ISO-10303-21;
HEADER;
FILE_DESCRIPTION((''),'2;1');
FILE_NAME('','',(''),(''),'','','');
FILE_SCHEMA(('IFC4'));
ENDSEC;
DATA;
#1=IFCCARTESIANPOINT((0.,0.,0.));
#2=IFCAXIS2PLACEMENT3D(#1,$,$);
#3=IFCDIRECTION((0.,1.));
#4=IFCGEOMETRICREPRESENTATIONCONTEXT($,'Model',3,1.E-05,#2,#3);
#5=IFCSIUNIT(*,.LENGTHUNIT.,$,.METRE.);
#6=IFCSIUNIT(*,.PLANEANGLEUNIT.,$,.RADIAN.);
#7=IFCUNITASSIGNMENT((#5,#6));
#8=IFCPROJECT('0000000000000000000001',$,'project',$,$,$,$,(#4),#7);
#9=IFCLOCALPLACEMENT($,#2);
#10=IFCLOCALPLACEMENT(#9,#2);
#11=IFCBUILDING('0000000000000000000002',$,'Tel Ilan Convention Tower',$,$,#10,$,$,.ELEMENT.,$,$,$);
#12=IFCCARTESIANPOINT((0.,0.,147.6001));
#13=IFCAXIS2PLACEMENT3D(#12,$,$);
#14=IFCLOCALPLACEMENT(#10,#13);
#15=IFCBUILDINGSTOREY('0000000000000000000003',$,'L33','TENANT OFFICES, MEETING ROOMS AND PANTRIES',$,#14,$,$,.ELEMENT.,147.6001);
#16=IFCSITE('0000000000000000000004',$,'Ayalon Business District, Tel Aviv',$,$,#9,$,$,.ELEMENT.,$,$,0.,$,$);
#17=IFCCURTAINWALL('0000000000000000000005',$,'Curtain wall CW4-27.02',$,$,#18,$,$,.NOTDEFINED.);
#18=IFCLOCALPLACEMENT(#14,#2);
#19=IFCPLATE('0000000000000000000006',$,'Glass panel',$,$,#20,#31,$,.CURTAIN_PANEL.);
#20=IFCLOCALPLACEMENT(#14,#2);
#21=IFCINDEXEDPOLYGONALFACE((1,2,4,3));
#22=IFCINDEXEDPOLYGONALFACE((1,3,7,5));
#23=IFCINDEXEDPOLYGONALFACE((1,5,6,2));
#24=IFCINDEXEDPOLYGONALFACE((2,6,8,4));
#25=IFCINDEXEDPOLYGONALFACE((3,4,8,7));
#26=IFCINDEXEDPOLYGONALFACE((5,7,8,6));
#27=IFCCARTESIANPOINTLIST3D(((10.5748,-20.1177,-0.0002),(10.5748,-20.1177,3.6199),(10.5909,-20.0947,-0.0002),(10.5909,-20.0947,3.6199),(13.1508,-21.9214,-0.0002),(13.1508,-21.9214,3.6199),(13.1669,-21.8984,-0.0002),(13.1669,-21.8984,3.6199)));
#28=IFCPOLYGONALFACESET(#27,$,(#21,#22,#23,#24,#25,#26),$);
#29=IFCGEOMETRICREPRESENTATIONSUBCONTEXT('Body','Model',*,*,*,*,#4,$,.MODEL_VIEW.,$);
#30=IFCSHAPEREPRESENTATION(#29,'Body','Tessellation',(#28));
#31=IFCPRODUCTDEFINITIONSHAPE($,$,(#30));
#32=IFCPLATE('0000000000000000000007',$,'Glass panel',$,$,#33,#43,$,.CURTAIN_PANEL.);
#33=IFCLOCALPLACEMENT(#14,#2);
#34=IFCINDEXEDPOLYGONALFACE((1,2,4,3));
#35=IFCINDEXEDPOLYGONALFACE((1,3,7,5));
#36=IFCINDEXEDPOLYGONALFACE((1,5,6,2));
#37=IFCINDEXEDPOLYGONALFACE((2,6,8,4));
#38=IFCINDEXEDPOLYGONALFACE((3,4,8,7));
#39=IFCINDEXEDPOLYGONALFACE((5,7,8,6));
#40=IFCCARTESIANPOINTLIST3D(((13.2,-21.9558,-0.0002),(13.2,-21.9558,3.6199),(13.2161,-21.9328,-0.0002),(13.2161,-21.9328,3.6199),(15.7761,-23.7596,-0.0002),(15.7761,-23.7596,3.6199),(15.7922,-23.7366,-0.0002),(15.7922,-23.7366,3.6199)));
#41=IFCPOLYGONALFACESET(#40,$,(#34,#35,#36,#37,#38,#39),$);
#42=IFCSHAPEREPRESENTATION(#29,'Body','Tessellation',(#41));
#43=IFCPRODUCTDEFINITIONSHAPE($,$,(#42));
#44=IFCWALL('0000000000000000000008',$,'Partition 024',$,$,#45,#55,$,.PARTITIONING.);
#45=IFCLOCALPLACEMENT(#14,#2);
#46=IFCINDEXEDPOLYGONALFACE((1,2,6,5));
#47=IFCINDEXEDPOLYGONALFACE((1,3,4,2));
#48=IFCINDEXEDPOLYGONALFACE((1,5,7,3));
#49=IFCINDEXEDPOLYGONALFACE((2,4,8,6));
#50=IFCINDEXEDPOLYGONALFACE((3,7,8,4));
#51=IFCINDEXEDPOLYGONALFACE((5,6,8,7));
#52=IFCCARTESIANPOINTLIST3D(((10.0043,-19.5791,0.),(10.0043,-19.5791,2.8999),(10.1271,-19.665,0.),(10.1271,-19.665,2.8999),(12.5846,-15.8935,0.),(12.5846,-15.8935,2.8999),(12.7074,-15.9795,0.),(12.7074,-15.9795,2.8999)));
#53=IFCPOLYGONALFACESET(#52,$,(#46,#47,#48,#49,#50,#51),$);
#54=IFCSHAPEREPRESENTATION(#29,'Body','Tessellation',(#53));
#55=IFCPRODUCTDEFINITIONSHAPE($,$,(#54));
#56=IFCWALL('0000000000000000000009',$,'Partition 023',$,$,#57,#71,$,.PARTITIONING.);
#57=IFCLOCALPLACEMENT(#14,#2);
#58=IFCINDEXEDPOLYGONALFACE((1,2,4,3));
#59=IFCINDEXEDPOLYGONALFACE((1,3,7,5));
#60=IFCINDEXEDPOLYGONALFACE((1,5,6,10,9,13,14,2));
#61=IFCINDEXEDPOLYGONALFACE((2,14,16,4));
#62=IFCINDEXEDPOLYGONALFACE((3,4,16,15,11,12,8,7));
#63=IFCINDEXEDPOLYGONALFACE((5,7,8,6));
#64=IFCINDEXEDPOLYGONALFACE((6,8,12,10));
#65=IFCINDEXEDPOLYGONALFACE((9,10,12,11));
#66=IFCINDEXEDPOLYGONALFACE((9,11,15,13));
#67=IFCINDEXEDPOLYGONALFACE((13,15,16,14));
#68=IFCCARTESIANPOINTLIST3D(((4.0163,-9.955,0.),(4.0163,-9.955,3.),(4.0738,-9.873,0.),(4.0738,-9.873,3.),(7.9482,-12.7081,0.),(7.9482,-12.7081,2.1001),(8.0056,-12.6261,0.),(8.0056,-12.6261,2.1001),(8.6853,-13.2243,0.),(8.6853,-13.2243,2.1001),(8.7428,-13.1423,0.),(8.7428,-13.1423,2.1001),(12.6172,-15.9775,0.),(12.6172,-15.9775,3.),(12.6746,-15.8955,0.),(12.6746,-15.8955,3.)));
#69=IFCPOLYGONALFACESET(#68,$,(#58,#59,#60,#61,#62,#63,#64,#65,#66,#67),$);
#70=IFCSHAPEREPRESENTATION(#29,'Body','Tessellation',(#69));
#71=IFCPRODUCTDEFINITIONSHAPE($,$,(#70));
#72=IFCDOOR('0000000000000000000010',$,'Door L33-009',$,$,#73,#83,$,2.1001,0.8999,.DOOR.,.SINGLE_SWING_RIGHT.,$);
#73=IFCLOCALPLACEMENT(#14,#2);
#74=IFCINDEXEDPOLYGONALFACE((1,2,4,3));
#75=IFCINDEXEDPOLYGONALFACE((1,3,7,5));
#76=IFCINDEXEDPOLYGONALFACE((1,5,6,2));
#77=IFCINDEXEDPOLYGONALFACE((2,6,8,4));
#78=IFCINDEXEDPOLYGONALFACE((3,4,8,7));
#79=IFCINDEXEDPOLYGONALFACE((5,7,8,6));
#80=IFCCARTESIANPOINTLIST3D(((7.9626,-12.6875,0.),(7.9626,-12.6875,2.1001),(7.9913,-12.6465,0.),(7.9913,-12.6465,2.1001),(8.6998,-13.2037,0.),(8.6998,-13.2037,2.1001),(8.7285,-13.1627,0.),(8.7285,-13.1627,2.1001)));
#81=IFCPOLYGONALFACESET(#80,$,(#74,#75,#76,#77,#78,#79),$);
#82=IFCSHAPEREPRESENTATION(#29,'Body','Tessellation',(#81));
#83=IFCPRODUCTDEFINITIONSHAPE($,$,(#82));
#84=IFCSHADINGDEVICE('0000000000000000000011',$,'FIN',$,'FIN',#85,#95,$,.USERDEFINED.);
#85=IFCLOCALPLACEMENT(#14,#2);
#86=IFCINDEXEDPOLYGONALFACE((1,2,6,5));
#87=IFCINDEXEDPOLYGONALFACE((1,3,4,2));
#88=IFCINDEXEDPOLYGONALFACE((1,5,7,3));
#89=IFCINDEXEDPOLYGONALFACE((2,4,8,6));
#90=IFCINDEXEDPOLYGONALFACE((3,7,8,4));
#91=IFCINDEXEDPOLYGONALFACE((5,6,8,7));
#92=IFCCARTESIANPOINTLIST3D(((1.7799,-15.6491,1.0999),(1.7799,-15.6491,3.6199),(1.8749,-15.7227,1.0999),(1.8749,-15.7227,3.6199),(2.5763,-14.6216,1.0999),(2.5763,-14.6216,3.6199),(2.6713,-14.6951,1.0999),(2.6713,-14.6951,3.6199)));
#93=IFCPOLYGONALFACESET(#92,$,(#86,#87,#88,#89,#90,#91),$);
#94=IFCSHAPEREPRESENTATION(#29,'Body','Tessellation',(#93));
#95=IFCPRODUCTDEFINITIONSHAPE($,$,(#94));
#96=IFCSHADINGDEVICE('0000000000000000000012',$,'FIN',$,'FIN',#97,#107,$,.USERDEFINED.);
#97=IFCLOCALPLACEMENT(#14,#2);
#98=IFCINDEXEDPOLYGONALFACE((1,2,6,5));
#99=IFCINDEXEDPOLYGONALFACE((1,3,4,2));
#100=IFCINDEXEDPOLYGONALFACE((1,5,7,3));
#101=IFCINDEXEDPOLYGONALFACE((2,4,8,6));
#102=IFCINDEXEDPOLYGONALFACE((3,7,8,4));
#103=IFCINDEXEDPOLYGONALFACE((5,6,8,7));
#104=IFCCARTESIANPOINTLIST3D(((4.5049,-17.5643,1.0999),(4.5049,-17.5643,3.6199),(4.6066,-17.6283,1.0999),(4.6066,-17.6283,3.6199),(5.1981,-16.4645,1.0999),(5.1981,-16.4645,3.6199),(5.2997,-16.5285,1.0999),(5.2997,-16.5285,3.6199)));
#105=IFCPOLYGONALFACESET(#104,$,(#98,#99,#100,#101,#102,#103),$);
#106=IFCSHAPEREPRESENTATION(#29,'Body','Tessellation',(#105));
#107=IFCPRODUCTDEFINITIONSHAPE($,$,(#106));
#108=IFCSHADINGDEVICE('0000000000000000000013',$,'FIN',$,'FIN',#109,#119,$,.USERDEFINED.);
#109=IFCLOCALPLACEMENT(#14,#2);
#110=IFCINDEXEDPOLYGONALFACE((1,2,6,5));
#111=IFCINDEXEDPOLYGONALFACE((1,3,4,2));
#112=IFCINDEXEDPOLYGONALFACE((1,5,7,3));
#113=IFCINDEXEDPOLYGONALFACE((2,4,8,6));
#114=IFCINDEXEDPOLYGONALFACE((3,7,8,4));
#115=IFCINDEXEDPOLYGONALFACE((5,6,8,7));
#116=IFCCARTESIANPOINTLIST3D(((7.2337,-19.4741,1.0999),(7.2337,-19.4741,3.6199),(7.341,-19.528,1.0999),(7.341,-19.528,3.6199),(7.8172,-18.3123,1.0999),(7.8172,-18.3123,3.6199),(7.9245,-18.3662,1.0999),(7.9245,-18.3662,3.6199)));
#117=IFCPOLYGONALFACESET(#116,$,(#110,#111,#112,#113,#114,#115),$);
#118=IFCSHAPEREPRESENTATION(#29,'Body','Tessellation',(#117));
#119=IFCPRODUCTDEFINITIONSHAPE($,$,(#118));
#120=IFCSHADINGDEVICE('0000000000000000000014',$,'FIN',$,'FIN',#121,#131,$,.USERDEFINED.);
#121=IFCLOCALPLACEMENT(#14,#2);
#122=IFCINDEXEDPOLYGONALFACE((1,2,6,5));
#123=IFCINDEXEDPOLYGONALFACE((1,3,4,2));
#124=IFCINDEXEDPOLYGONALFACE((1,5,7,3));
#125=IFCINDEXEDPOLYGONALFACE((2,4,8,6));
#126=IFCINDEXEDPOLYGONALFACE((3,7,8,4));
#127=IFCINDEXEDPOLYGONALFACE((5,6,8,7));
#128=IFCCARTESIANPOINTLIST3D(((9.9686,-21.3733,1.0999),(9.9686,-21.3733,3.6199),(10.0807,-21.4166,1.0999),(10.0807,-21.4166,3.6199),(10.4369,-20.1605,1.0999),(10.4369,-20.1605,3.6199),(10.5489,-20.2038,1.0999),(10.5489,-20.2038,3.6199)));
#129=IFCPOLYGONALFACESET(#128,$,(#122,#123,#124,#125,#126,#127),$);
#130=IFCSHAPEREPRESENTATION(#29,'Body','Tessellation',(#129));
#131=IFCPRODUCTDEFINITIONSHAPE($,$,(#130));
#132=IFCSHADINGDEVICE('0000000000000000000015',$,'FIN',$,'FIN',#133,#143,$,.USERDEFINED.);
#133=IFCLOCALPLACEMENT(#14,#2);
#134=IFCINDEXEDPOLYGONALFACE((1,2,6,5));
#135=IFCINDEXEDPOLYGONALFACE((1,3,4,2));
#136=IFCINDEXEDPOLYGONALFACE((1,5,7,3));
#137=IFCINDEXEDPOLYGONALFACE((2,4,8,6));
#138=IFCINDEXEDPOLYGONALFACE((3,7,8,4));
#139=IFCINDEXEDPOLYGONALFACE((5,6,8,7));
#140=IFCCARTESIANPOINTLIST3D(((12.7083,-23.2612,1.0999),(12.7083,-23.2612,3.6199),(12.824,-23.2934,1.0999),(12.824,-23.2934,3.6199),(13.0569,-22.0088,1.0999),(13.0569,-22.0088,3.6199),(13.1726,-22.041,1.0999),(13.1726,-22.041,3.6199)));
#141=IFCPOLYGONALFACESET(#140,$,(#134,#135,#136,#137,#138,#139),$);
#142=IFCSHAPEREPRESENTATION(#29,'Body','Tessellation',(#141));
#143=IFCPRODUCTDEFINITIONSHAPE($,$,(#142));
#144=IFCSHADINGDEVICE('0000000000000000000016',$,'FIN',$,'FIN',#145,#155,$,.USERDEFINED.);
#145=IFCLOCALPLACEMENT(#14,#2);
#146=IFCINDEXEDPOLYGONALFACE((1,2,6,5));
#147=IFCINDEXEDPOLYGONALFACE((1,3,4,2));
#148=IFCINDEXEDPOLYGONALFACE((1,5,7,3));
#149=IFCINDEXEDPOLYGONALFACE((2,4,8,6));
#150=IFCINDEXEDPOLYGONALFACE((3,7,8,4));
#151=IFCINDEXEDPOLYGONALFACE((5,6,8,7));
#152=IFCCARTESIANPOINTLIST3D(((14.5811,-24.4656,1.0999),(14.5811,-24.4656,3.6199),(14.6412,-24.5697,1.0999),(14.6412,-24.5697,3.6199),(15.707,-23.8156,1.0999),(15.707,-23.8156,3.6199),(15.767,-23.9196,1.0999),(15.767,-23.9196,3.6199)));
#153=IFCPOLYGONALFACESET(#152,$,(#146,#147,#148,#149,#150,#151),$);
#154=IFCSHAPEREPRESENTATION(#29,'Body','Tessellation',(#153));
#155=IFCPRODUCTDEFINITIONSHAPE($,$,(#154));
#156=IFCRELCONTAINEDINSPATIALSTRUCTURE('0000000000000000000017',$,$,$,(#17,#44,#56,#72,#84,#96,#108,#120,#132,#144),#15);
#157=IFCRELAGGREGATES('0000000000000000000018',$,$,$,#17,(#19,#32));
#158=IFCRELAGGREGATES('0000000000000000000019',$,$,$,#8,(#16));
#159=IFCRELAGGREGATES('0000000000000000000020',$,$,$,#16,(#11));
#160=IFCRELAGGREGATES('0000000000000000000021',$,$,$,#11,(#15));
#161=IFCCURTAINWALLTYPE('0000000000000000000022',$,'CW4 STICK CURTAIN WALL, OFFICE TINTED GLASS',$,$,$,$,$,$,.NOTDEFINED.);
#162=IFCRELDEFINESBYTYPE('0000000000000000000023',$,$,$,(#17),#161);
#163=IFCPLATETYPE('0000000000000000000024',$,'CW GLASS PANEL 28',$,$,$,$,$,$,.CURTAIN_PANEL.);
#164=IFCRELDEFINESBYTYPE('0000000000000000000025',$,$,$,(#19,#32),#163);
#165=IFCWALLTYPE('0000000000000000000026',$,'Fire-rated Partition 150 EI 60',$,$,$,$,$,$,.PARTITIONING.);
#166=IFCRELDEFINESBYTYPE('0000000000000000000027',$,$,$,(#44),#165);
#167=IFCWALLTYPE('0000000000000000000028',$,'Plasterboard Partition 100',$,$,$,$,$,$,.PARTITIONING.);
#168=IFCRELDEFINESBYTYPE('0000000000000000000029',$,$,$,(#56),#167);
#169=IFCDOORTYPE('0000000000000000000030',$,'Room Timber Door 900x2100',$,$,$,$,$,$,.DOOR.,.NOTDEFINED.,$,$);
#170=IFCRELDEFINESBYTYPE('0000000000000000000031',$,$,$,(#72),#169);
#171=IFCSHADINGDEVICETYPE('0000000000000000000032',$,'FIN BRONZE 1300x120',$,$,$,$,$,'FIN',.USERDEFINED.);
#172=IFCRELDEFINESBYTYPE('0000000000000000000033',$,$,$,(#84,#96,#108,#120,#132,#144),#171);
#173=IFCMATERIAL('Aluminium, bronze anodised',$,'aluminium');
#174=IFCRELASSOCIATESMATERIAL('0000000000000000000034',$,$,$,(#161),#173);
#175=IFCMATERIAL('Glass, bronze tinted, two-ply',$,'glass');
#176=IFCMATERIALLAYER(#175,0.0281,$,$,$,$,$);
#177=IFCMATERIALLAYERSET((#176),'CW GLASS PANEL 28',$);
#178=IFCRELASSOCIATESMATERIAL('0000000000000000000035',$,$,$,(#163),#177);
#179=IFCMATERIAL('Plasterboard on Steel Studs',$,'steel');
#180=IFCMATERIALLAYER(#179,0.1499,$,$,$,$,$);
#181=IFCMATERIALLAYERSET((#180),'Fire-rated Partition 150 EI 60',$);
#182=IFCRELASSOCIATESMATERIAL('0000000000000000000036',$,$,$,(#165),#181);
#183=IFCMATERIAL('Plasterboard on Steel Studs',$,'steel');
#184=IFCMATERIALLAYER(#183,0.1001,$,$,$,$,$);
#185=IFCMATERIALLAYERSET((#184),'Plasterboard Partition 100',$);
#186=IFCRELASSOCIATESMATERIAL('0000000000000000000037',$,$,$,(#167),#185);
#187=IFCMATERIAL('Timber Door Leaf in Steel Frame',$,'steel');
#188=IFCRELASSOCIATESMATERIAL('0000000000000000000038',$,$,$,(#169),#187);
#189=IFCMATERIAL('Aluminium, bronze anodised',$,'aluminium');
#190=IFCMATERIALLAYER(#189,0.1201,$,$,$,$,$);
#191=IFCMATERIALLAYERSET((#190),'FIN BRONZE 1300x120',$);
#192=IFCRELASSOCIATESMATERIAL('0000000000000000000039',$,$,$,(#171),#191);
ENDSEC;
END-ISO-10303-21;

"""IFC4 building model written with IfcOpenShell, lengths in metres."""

from ifc_helpers import new_model, si_unit, direction, frame, frame_2d, origin, origin_2d, place, context, subcontext, project, spatial, rectangle, extrude, material, layer, layer_set, type_object, element, fill, aggregate, save


model = new_model("IFC4")

# Units and contexts
model_context = context("Model", 3, precision=1e-05, world=origin(), true_north=direction((0.0, 1.0)))
body_context = subcontext(model_context, "Body", "Model", "MODEL_VIEW")
ifc_project = project(units=[si_unit("LENGTHUNIT", "METRE"), si_unit("PLANEANGLEUNIT", "RADIAN")], contexts=[model_context])

# Site, building, storey
site_placement = place(None, origin())
site = spatial("IfcSite", under=ifc_project, at=site_placement, Name="Ayalon Business District, Tel Aviv", CompositionType="ELEMENT", RefElevation=0.0)
building_placement = place(site_placement, origin())
building = spatial("IfcBuilding", under=site, at=building_placement, Name="Tel Ilan Convention Tower", CompositionType="ELEMENT")
storey_placement = place(building_placement, frame((0.0, 0.0, 147.6001)))
storey = spatial("IfcBuildingStorey", under=building, at=storey_placement, Name="L33", Description="TENANT OFFICES, MEETING ROOMS AND PANTRIES", CompositionType="ELEMENT", Elevation=147.6001)

# Curtain wall, plates
ifc_material_1 = material(Name="Aluminium, bronze anodised", Category="aluminium")
curtain_wall_type = type_object("IfcCurtainWallType", Name="CW4 STICK CURTAIN WALL, OFFICE TINTED GLASS", PredefinedType="NOTDEFINED", material=ifc_material_1)
curtain_wall_placement = place(storey_placement, origin())
curtain_wall = element("IfcCurtainWall", 1, at=curtain_wall_placement, inside=storey, type_object=curtain_wall_type, Name="Curtain wall CW4-27.02", PredefinedType="NOTDEFINED")
ifc_material_2 = material(Name="Glass, bronze tinted, two-ply", Category="glass")
ifc_layer_1 = layer(ifc_material_2, 0.0281)
ifc_layer_set_1 = layer_set([ifc_layer_1], Name="CW GLASS PANEL 28")
plate_type = type_object("IfcPlateType", Name="CW GLASS PANEL 28", PredefinedType="CURTAIN_PANEL", material=ifc_layer_set_1)
plate_1_placement = place(storey_placement, frame((11.8708, -21.0081, -0.0002), z_axis=(0.0, 0.0, 1.0), x_axis=(0.819152, -0.573576, 0.0)))
plate_1 = element("IfcPlate", 2, at=plate_1_placement, type_object=plate_type, Name="Glass panel", PredefinedType="CURTAIN_PANEL", context=body_context, shape_type="SweptSolid", body=[
    extrude(rectangle(XDim=3.1448, YDim=0.0281, at=origin_2d()), origin(), (0.0, 0.0, 1.0), 3.6201),
])
plate_2_placement = place(storey_placement, frame((14.4961, -22.8462, -0.0002), z_axis=(0.0, 0.0, 1.0), x_axis=(0.819152, -0.573576, 0.0)))
plate_2 = element("IfcPlate", 3, at=plate_2_placement, type_object=plate_type, Name="Glass panel", PredefinedType="CURTAIN_PANEL", context=body_context, shape_type="SweptSolid", body=[
    extrude(rectangle(XDim=3.1448, YDim=0.0281, at=origin_2d()), origin(), (0.0, 0.0, 1.0), 3.6201),
])
aggregate(curtain_wall, [plate_1, plate_2])

# Wall
ifc_material_3 = material(Name="Plasterboard on Steel Studs", Category="steel")
ifc_layer_2 = layer(ifc_material_3, 0.1499)
ifc_layer_set_2 = layer_set([ifc_layer_2], Name="Fire-rated Partition 150 EI 60")
wall_type_1 = type_object("IfcWallType", Name="Fire-rated Partition 150 EI 60", PredefinedType="PARTITIONING", material=ifc_layer_set_2)
wall_1_placement = place(storey_placement, frame((12.646, -15.9365, 0.0), z_axis=(0.0, 0.0, 1.0), x_axis=(-0.573528, -0.819186, 0.0)))
element("IfcWall", 4, at=wall_1_placement, inside=storey, type_object=wall_type_1, Name="Partition 024", PredefinedType="PARTITIONING", context=body_context, shape_type="SweptSolid", body=[
    extrude(rectangle(XDim=4.499, YDim=0.1499, at=frame_2d((2.2495, 0.0))), origin(), (0.0, 0.0, 1.0), 2.8999),
])

# Wall, opening, door
ifc_material_4 = material(Name="Plasterboard on Steel Studs", Category="steel")
ifc_layer_3 = layer(ifc_material_4, 0.1001)
ifc_layer_set_3 = layer_set([ifc_layer_3], Name="Plasterboard Partition 100")
wall_type_2 = type_object("IfcWallType", Name="Plasterboard Partition 100", PredefinedType="PARTITIONING", material=ifc_layer_set_3)
wall_2_placement = place(storey_placement, frame((12.646, -15.9365, 0.0), z_axis=(0.0, 0.0, 1.0), x_axis=(-0.819148, 0.573582, 0.0)))
wall_2 = element("IfcWall", 5, at=wall_2_placement, inside=storey, type_object=wall_type_2, Name="Partition 023", PredefinedType="PARTITIONING", context=body_context, shape_type="SweptSolid", body=[
    extrude(rectangle(XDim=10.4998, YDim=0.1001, at=frame_2d((5.25, 0.0))), origin(), (0.0, 0.0, 1.0), 3.0),
])
opening_placement = place(wall_2_placement, frame((4.8, 0.0, 0.0)))
opening = element("IfcOpeningElement", 6, at=opening_placement, cuts=wall_2, PredefinedType="OPENING", context=body_context, shape_type="SweptSolid", body=[
    extrude(rectangle(XDim=0.8999, YDim=2.1001, at=frame_2d((0.45, 1.05))), frame((0.0, 0.0601, 0.0), z_axis=(0.0, -1.0, 0.0), x_axis=(1.0, 0.0, 0.0)), (0.0, 0.0, 1.0), 0.1201),
])
ifc_material_5 = material(Name="Timber Door Leaf in Steel Frame", Category="steel")
door_type = type_object("IfcDoorType", Name="Room Timber Door 900x2100", OperationType="NOTDEFINED", PredefinedType="DOOR", material=ifc_material_5)
door_placement = place(opening_placement, origin())
door = element("IfcDoor", 7, at=door_placement, inside=storey, type_object=door_type, Name="Door L33-009", OperationType="SINGLE_SWING_RIGHT", OverallHeight=2.1001, OverallWidth=0.8999, PredefinedType="DOOR", context=body_context, shape_type="SweptSolid", body=[
    extrude(rectangle(XDim=0.8999, YDim=2.1001, at=frame_2d((0.45, 1.05))), frame((0.0, 0.0249, 0.0), z_axis=(0.0, -1.0, 0.0), x_axis=(1.0, 0.0, 0.0)), (0.0, 0.0, 1.0), 0.05),
])
fill(opening, door)

# Shading devices
ifc_material_6 = material(Name="Aluminium, bronze anodised", Category="aluminium")
ifc_layer_4 = layer(ifc_material_6, 0.1201)
ifc_layer_set_4 = layer_set([ifc_layer_4], Name="FIN BRONZE 1300x120")
shading_device_type = type_object("IfcShadingDeviceType", Name="FIN BRONZE 1300x120", ElementType="FIN", PredefinedType="USERDEFINED", material=ifc_layer_set_4)
for number, where, z_axis, x_axis, name in (
    (8, (2.2256, -15.1721, 1.0999), (0.0, 0.0, 1.0), (-0.612601, -0.790393, 0.0), "FIN"),
    (9, (4.9023, -17.0464, 1.0999), (0.0, 0.0, 1.0), (-0.533204, -0.845986, 0.0), "FIN"),
    (10, (7.5791, -18.9202, 1.0999), (0.0, 0.0, 1.0), (-0.448799, -0.893633, 0.0), "FIN"),
    (11, (10.2588, -20.7886, 1.0999), (0.0, 0.0, 1.0), (-0.360178, -0.932884, 0.0), "FIN"),
    (12, (12.9404, -22.6511, 1.0999), (0.0, 0.0, 1.0), (-0.268173, -0.963371, 0.0), "FIN"),
    (13, (15.1741, -24.1926, 1.0999), (0.0, 0.0, 1.0), (-0.866025, -0.5, 0.0), "FIN"),
):
    element("IfcShadingDevice", number, at=place(storey_placement, frame(where, z_axis=z_axis, x_axis=x_axis)), inside=storey, type_object=shading_device_type, Name=name, ObjectType="FIN", PredefinedType="USERDEFINED", context=body_context, shape_type="SweptSolid", body=[
        extrude(rectangle(XDim=1.3, YDim=0.1201, at=origin_2d()), origin(), (0.0, 0.0, 1.0), 2.52),
    ])

save(model, "model.ifc")
